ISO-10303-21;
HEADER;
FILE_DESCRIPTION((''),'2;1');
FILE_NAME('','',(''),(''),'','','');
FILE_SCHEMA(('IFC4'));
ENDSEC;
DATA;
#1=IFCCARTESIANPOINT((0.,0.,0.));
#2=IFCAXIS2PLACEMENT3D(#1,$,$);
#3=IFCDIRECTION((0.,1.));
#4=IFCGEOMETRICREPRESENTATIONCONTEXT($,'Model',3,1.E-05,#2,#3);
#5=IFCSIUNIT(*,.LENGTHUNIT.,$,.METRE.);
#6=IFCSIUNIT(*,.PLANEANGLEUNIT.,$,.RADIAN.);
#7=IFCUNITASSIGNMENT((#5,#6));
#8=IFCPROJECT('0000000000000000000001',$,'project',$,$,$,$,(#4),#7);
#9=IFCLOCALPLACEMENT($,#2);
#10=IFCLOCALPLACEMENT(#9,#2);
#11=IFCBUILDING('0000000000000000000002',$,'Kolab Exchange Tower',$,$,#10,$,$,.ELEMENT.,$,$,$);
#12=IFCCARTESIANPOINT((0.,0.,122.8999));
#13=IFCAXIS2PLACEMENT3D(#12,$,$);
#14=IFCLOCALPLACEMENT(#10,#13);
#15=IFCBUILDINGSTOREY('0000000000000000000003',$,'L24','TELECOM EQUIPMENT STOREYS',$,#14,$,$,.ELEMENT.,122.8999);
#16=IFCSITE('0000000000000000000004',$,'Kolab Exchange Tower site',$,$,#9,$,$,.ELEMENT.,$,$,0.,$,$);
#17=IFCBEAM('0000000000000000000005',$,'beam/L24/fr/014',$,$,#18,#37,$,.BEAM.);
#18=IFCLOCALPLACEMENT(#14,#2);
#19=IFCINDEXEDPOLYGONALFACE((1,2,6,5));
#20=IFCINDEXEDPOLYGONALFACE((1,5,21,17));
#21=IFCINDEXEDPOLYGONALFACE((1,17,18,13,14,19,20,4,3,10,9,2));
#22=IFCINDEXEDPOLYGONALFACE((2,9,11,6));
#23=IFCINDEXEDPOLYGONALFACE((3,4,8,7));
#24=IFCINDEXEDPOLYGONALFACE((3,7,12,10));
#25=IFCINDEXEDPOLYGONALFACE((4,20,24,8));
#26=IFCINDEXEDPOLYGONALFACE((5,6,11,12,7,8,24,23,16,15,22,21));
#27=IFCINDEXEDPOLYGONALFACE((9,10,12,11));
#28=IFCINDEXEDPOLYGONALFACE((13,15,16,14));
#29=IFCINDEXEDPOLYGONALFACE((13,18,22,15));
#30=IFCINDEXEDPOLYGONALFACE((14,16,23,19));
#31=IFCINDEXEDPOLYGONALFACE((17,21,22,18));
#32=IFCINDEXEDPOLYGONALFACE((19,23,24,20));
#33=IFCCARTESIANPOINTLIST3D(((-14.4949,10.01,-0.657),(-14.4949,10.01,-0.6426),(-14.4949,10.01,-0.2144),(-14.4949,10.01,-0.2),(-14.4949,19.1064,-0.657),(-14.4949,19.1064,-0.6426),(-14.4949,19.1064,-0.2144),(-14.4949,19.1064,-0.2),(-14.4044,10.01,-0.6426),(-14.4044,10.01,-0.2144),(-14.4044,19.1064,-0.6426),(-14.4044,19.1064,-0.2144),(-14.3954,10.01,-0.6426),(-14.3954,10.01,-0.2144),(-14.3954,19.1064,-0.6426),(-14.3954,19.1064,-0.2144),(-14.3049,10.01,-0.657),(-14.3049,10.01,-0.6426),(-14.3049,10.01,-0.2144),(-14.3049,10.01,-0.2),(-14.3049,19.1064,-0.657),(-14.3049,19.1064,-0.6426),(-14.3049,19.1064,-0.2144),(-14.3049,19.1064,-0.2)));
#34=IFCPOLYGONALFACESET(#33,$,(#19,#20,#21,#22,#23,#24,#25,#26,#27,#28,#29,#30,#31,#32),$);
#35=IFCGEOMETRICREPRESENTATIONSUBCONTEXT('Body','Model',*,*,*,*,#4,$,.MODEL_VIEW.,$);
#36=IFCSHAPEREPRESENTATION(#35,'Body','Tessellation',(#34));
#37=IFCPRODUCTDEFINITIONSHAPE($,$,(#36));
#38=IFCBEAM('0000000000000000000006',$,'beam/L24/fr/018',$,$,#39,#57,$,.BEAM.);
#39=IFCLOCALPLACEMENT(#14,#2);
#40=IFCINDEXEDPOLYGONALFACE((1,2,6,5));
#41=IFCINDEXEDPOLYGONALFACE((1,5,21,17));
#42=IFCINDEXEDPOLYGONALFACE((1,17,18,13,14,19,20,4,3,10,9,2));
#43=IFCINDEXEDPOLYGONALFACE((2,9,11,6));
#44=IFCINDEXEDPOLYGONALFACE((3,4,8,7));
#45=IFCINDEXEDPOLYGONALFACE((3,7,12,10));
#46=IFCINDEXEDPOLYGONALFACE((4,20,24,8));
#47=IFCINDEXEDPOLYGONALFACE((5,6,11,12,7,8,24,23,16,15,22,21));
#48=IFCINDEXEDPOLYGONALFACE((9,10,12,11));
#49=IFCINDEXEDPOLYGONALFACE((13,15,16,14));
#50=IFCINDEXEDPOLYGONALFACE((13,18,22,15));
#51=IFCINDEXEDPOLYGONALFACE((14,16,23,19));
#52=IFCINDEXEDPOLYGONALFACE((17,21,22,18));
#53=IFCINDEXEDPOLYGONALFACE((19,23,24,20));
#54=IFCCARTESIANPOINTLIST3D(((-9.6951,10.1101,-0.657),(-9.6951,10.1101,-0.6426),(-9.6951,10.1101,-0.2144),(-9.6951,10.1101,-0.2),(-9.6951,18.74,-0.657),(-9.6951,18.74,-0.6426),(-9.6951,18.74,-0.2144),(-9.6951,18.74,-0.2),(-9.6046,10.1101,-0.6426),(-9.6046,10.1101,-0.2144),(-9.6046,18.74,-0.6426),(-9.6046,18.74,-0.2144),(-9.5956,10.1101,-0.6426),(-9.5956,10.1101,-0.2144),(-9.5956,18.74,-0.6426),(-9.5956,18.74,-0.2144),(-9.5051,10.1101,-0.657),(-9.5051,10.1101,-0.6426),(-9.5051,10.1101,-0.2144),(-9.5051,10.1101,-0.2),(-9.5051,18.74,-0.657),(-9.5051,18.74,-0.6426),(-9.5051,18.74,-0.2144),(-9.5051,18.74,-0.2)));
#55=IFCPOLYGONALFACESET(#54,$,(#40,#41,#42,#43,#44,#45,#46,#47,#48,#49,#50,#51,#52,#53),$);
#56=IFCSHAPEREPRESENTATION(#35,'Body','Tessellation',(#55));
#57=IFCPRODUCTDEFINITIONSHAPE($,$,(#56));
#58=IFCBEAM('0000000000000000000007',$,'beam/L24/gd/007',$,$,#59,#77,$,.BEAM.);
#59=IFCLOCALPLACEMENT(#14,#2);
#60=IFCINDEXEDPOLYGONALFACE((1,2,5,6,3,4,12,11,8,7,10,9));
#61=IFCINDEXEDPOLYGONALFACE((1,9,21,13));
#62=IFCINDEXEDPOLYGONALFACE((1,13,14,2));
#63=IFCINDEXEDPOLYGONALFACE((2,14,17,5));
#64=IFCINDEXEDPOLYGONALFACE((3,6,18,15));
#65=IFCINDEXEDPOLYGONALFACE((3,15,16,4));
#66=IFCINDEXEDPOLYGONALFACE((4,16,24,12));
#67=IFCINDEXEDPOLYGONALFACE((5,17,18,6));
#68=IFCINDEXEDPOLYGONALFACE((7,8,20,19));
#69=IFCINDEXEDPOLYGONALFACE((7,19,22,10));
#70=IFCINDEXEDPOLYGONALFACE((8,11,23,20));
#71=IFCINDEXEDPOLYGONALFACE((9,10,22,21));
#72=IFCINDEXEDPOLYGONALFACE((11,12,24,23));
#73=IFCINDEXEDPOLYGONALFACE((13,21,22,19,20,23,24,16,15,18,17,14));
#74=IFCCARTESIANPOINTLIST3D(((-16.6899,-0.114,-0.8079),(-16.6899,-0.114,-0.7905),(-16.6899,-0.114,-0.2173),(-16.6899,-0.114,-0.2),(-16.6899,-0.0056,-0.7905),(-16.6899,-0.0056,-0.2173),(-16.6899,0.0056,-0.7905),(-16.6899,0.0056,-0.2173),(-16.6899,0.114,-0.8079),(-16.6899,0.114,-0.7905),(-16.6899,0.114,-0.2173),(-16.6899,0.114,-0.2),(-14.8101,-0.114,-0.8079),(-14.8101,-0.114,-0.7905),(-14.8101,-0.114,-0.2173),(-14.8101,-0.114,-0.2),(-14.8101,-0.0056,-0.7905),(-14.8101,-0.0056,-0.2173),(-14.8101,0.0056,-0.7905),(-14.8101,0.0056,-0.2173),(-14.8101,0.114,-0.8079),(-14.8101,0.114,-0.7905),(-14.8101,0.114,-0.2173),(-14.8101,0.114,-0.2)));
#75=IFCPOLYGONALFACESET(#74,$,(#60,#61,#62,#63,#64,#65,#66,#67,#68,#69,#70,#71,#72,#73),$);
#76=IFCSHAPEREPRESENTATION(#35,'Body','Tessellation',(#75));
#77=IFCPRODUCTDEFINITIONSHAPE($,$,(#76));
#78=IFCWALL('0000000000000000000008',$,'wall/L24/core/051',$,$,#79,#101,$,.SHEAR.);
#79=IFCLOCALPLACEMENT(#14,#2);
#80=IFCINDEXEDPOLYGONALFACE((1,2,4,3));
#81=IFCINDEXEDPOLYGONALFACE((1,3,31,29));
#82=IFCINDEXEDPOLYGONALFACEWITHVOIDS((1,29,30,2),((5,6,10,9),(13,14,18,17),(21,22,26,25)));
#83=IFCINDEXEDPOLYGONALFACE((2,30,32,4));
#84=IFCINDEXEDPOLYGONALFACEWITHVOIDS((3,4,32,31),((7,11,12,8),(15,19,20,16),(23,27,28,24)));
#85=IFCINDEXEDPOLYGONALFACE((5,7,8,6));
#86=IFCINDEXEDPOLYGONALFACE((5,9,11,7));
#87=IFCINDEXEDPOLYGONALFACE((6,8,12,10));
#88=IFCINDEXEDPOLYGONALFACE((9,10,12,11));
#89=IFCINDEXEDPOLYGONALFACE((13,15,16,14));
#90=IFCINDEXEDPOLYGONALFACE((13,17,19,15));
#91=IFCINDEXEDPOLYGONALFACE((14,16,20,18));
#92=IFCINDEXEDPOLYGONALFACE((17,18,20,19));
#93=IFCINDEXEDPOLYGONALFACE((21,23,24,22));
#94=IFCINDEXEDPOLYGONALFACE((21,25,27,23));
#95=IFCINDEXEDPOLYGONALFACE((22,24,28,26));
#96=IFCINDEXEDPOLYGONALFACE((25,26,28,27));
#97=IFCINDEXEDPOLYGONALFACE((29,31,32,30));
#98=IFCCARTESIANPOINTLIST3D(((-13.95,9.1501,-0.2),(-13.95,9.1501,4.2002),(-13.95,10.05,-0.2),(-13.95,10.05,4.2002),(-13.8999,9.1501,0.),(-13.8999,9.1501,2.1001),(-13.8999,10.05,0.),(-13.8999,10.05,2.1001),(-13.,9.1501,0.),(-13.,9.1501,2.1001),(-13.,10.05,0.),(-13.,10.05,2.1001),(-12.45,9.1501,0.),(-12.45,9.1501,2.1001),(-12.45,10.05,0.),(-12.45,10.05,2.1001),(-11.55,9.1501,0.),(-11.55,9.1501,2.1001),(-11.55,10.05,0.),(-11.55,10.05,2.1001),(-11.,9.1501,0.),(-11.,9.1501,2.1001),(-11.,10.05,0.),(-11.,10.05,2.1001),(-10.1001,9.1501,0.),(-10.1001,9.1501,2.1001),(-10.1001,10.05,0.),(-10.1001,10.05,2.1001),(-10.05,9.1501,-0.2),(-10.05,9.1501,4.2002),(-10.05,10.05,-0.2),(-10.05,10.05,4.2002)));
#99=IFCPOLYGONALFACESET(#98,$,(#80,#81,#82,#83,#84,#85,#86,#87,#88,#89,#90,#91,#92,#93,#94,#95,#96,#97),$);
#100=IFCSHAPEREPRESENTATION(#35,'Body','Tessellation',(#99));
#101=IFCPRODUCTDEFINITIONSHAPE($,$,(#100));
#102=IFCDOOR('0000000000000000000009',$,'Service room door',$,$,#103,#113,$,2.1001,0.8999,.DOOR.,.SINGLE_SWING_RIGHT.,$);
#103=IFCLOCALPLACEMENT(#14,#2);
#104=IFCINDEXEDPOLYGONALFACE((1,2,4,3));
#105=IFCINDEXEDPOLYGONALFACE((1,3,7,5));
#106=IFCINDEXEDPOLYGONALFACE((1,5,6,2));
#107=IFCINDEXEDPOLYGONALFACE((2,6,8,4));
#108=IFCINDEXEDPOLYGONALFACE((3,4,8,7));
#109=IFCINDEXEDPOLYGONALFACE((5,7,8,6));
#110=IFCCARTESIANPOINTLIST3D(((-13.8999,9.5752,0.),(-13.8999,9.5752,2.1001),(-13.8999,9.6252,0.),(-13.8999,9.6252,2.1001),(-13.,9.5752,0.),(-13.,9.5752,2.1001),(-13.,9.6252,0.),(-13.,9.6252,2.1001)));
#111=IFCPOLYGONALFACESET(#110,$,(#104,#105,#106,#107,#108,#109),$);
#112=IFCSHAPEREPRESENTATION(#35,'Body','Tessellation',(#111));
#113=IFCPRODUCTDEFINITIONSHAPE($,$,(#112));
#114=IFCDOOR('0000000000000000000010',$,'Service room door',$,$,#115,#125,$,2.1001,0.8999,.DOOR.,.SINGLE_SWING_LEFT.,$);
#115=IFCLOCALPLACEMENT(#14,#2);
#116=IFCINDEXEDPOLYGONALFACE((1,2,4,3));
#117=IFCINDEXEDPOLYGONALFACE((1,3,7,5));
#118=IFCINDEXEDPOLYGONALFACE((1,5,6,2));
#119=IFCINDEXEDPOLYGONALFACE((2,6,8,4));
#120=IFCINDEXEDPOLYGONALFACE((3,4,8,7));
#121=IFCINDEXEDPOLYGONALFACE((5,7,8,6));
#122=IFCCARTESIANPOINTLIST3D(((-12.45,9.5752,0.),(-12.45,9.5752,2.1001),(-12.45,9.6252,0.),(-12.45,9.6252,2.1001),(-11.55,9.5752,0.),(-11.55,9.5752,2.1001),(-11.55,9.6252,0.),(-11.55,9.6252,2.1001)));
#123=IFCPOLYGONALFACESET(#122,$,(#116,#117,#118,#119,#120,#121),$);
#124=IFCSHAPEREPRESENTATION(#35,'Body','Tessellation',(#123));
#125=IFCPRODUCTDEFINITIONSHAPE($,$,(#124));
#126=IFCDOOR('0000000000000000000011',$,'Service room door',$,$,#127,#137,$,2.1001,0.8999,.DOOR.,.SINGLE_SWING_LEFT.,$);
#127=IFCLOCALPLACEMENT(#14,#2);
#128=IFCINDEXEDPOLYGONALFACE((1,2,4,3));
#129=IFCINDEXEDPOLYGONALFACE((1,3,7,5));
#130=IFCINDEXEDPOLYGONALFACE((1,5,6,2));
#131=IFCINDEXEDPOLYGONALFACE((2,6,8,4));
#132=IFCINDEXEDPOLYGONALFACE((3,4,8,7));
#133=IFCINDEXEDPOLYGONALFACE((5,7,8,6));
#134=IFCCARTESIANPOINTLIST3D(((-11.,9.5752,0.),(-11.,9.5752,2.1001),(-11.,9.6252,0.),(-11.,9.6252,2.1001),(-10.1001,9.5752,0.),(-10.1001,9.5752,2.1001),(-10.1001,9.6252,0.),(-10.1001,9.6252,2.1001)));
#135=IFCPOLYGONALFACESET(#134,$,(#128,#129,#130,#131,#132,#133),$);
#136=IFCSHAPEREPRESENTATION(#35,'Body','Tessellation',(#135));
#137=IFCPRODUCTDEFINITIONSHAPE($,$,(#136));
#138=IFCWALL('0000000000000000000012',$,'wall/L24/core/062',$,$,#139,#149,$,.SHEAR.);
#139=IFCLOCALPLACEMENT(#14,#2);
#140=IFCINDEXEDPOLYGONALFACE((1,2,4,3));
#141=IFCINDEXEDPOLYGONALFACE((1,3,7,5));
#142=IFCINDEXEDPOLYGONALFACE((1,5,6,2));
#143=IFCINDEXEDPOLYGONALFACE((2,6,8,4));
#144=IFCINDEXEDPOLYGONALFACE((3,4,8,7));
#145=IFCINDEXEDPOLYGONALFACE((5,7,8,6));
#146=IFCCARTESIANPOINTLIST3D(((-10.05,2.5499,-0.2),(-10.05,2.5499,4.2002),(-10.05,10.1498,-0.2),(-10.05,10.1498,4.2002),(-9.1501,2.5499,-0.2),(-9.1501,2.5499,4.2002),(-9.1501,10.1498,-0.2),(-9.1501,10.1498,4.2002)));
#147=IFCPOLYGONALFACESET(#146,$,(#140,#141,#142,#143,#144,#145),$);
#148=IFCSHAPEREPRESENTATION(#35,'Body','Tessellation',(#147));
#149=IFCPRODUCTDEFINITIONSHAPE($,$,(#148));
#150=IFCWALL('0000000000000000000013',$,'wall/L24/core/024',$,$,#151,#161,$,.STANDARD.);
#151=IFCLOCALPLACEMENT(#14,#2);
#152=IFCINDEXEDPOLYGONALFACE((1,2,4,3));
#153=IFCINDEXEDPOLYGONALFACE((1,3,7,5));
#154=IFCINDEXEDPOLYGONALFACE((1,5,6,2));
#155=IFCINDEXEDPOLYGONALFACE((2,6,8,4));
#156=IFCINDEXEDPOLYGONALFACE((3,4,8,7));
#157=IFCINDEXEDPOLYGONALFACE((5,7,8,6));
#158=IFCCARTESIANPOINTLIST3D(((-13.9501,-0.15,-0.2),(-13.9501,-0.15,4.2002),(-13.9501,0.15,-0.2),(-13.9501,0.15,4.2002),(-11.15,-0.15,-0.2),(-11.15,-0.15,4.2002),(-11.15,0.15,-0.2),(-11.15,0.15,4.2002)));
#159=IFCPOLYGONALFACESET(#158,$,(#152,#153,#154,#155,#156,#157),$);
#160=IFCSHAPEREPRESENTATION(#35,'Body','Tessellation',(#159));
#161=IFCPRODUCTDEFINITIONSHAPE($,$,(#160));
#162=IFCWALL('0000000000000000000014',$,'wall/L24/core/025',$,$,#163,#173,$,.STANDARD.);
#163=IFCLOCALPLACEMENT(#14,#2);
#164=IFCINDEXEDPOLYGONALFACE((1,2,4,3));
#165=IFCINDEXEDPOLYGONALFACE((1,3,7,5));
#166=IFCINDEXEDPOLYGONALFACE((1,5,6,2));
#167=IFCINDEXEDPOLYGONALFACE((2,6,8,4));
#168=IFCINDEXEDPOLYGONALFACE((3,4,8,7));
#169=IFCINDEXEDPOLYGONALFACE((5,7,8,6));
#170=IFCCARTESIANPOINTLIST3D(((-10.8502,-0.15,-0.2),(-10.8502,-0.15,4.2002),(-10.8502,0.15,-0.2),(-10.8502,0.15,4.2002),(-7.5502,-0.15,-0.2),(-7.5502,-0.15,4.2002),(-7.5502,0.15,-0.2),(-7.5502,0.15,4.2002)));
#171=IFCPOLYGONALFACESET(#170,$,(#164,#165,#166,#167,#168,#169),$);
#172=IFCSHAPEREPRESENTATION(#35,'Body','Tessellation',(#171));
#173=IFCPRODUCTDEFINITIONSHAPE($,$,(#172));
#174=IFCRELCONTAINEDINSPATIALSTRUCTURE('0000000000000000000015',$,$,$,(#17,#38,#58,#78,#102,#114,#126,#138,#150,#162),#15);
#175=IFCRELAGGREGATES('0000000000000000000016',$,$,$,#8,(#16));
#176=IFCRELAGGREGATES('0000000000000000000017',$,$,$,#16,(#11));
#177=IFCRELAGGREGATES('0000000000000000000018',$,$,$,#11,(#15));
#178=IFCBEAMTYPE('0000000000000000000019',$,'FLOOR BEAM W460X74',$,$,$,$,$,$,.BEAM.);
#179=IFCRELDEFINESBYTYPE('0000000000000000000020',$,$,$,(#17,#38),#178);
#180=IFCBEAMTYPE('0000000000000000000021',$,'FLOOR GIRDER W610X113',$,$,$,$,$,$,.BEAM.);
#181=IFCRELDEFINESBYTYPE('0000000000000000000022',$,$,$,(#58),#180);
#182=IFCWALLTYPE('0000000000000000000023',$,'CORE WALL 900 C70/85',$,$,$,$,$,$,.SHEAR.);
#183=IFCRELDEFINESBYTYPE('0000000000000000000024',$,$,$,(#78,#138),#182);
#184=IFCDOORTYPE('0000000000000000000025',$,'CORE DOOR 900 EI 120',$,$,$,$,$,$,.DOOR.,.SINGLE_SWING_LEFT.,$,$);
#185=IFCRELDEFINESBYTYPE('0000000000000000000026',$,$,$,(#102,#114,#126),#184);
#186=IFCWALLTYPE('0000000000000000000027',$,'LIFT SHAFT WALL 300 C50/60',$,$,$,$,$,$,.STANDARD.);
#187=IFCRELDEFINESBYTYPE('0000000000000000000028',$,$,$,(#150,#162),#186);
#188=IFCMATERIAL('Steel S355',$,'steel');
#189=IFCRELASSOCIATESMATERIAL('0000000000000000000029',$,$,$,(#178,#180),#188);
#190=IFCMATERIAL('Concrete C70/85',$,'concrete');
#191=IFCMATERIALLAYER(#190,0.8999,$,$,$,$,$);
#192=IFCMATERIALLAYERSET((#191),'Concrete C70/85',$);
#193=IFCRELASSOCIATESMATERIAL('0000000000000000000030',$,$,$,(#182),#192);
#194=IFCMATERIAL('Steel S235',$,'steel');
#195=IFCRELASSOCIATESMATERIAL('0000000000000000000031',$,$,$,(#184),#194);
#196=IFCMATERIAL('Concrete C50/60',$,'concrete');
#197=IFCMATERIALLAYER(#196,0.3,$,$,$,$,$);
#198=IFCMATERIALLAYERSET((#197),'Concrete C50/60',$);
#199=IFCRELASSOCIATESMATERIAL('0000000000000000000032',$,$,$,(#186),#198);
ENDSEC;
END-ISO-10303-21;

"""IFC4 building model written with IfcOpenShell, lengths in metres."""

from ifc_helpers import new_model, si_unit, direction, frame, frame_2d, origin, origin_2d, place, context, subcontext, project, spatial, rectangle, i_section, extrude, material, layer, layer_set, material_profile, profile_set, type_object, element, fill, save


model = new_model("IFC4")

# Units and contexts
model_context = context("Model", 3, precision=1e-05, world=origin(), true_north=direction((0.0, 1.0)))
body_context = subcontext(model_context, "Body", "Model", "MODEL_VIEW")
ifc_project = project(units=[si_unit("LENGTHUNIT", "METRE"), si_unit("PLANEANGLEUNIT", "RADIAN")], contexts=[model_context])

# Site, building, storey
site_placement = place(None, origin())
site = spatial("IfcSite", under=ifc_project, at=site_placement, Name="Kolab Exchange Tower site", CompositionType="ELEMENT", RefElevation=0.0)
building_placement = place(site_placement, origin())
building = spatial("IfcBuilding", under=site, at=building_placement, Name="Kolab Exchange Tower", CompositionType="ELEMENT")
storey_placement = place(building_placement, frame((0.0, 0.0, 122.8999)))
storey = spatial("IfcBuildingStorey", under=building, at=storey_placement, Name="L24", Description="TELECOM EQUIPMENT STOREYS", CompositionType="ELEMENT", Elevation=122.8999)

# Beams
ifc_material_1 = material(Name="Steel S355", Category="steel")
ifc_material_profile_1 = material_profile(ifc_material_1, i_section(OverallWidth=0.1899, OverallDepth=0.457, WebThickness=0.009, FlangeThickness=0.0144, at=origin_2d()), Name="W460X74")
ifc_profile_set_1 = profile_set([ifc_material_profile_1], Name="Steel S355")
beam_type_1 = type_object("IfcBeamType", Name="FLOOR BEAM W460X74", PredefinedType="BEAM", material=ifc_profile_set_1)
beam_1_placement = place(storey_placement, frame((-14.3999, 10.01, -0.4285), z_axis=(0.0, 1.0, 0.0), x_axis=(-1.0, 0.0, 0.0)))
element("IfcBeam", 1, at=beam_1_placement, inside=storey, type_object=beam_type_1, Name="beam/L24/fr/014", PredefinedType="BEAM", context=body_context, shape_type="SweptSolid", body=[
    extrude(i_section(OverallWidth=0.1899, OverallDepth=0.457, WebThickness=0.009, FlangeThickness=0.0144, at=origin_2d()), origin(), (0.0, 0.0, 1.0), 9.0964),
])
beam_2_placement = place(storey_placement, frame((-9.6001, 10.1101, -0.4285), z_axis=(0.0, 1.0, 0.0), x_axis=(-1.0, 0.0, 0.0)))
element("IfcBeam", 2, at=beam_2_placement, inside=storey, type_object=beam_type_1, Name="beam/L24/fr/018", PredefinedType="BEAM", context=body_context, shape_type="SweptSolid", body=[
    extrude(i_section(OverallWidth=0.1899, OverallDepth=0.457, WebThickness=0.009, FlangeThickness=0.0144, at=origin_2d()), origin(), (0.0, 0.0, 1.0), 8.6299),
])
ifc_material_profile_2 = material_profile(ifc_material_1, i_section(OverallWidth=0.228, OverallDepth=0.6079, WebThickness=0.0112, FlangeThickness=0.0173, at=origin_2d()), Name="W610X113")
ifc_profile_set_2 = profile_set([ifc_material_profile_2], Name="Steel S355")
beam_type_2 = type_object("IfcBeamType", Name="FLOOR GIRDER W610X113", PredefinedType="BEAM", material=ifc_profile_set_2)
beam_3_placement = place(storey_placement, frame((-16.6899, 0.0, -0.5039), z_axis=(1.0, 0.0, 0.0), x_axis=(0.0, 1.0, 0.0)))
element("IfcBeam", 3, at=beam_3_placement, inside=storey, type_object=beam_type_2, Name="beam/L24/gd/007", PredefinedType="BEAM", context=body_context, shape_type="SweptSolid", body=[
    extrude(i_section(OverallWidth=0.228, OverallDepth=0.6079, WebThickness=0.0112, FlangeThickness=0.0173, at=origin_2d()), origin(), (0.0, 0.0, 1.0), 1.8799),
])

# Wall, openings, doors
ifc_material_2 = material(Name="Concrete C70/85", Category="concrete")
ifc_layer_1 = layer(ifc_material_2, 0.8999)
ifc_layer_set_1 = layer_set([ifc_layer_1], Name="Concrete C70/85")
wall_type_1 = type_object("IfcWallType", Name="CORE WALL 900 C70/85", PredefinedType="SHEAR", material=ifc_layer_set_1)
wall_1_placement = place(storey_placement, frame((-13.95, 9.6001, -0.2), z_axis=(0.0, 0.0, 1.0), x_axis=(1.0, 0.0, 0.0)))
wall_1 = element("IfcWall", 4, at=wall_1_placement, inside=storey, type_object=wall_type_1, Name="wall/L24/core/051", PredefinedType="SHEAR", context=body_context, shape_type="SweptSolid", body=[
    extrude(rectangle(XDim=3.8999, YDim=0.8999, at=frame_2d((1.95, 0.0))), origin(), (0.0, 0.0, 1.0), 4.4001),
])
opening_1_placement = place(wall_1_placement, frame((0.05, 0.0, 0.2)))
opening_1 = element("IfcOpeningElement", 5, at=opening_1_placement, cuts=wall_1, PredefinedType="OPENING", context=body_context, shape_type="SweptSolid", body=[
    extrude(rectangle(XDim=0.8999, YDim=2.1001, at=frame_2d((0.45, 1.05))), frame((0.0, 0.46, 0.0), z_axis=(0.0, -1.0, 0.0), x_axis=(1.0, 0.0, 0.0)), (0.0, 0.0, 1.0), 0.9199),
])
opening_2_placement = place(wall_1_placement, frame((1.5, 0.0, 0.2)))
opening_2 = element("IfcOpeningElement", 6, at=opening_2_placement, cuts=wall_1, PredefinedType="OPENING", context=body_context, shape_type="SweptSolid", body=[
    extrude(rectangle(XDim=0.8999, YDim=2.1001, at=frame_2d((0.45, 1.05))), frame((0.0, 0.46, 0.0), z_axis=(0.0, -1.0, 0.0), x_axis=(1.0, 0.0, 0.0)), (0.0, 0.0, 1.0), 0.9199),
])
opening_3_placement = place(wall_1_placement, frame((2.95, 0.0, 0.2)))
opening_3 = element("IfcOpeningElement", 7, at=opening_3_placement, cuts=wall_1, PredefinedType="OPENING", context=body_context, shape_type="SweptSolid", body=[
    extrude(rectangle(XDim=0.8999, YDim=2.1001, at=frame_2d((0.45, 1.05))), frame((0.0, 0.46, 0.0), z_axis=(0.0, -1.0, 0.0), x_axis=(1.0, 0.0, 0.0)), (0.0, 0.0, 1.0), 0.9199),
])
ifc_material_3 = material(Name="Steel S235", Category="steel")
door_type_1 = type_object("IfcDoorType", Name="CORE DOOR 900 EI 120", OperationType="SINGLE_SWING_LEFT", PredefinedType="DOOR", material=ifc_material_3)
door_1_placement = place(opening_1_placement, frame((0.8999, 0.0, 0.0), z_axis=(0.0, 0.0, 1.0), x_axis=(-1.0, 0.0, 0.0)))
door_1 = element("IfcDoor", 8, at=door_1_placement, inside=storey, type_object=door_type_1, Name="Service room door", OperationType="SINGLE_SWING_RIGHT", OverallHeight=2.1001, OverallWidth=0.8999, PredefinedType="DOOR", context=body_context, shape_type="SweptSolid", body=[
    extrude(rectangle(XDim=0.8999, YDim=2.1001, at=frame_2d((0.45, 1.05))), frame((0.0, 0.0249, 0.0), z_axis=(0.0, -1.0, 0.0), x_axis=(1.0, 0.0, 0.0)), (0.0, 0.0, 1.0), 0.05),
])
fill(opening_1, door_1)
door_2_placement = place(opening_2_placement, frame((0.8999, 0.0, 0.0), z_axis=(0.0, 0.0, 1.0), x_axis=(-1.0, 0.0, 0.0)))
door_2 = element("IfcDoor", 9, at=door_2_placement, inside=storey, type_object=door_type_1, Name="Service room door", OperationType="SINGLE_SWING_LEFT", OverallHeight=2.1001, OverallWidth=0.8999, PredefinedType="DOOR", context=body_context, shape_type="SweptSolid", body=[
    extrude(rectangle(XDim=0.8999, YDim=2.1001, at=frame_2d((0.45, 1.05))), frame((0.0, 0.0249, 0.0), z_axis=(0.0, -1.0, 0.0), x_axis=(1.0, 0.0, 0.0)), (0.0, 0.0, 1.0), 0.05),
])
fill(opening_2, door_2)
door_3_placement = place(opening_3_placement, frame((0.8999, 0.0, 0.0), z_axis=(0.0, 0.0, 1.0), x_axis=(-1.0, 0.0, 0.0)))
door_3 = element("IfcDoor", 10, at=door_3_placement, inside=storey, type_object=door_type_1, Name="Service room door", OperationType="SINGLE_SWING_LEFT", OverallHeight=2.1001, OverallWidth=0.8999, PredefinedType="DOOR", context=body_context, shape_type="SweptSolid", body=[
    extrude(rectangle(XDim=0.8999, YDim=2.1001, at=frame_2d((0.45, 1.05))), frame((0.0, 0.0249, 0.0), z_axis=(0.0, -1.0, 0.0), x_axis=(1.0, 0.0, 0.0)), (0.0, 0.0, 1.0), 0.05),
])
fill(opening_3, door_3)

# Walls
wall_2_placement = place(storey_placement, frame((-9.6001, 2.55, -0.2), z_axis=(0.0, 0.0, 1.0), x_axis=(0.0, 1.0, 0.0)))
element("IfcWall", 11, at=wall_2_placement, inside=storey, type_object=wall_type_1, Name="wall/L24/core/062", PredefinedType="SHEAR", context=body_context, shape_type="SweptSolid", body=[
    extrude(rectangle(XDim=7.5999, YDim=0.8999, at=frame_2d((3.7998, 0.0))), origin(), (0.0, 0.0, 1.0), 4.4001),
])
ifc_material_4 = material(Name="Concrete C50/60", Category="concrete")
ifc_layer_2 = layer(ifc_material_4, 0.3)
ifc_layer_set_2 = layer_set([ifc_layer_2], Name="Concrete C50/60")
wall_type_2 = type_object("IfcWallType", Name="LIFT SHAFT WALL 300 C50/60", PredefinedType="STANDARD", material=ifc_layer_set_2)
wall_3_placement = place(storey_placement, frame((-13.95, 0.0, -0.2), z_axis=(0.0, 0.0, 1.0), x_axis=(1.0, 0.0, 0.0)))
element("IfcWall", 12, at=wall_3_placement, inside=storey, type_object=wall_type_2, Name="wall/L24/core/024", PredefinedType="STANDARD", context=body_context, shape_type="SweptSolid", body=[
    extrude(rectangle(XDim=2.8, YDim=0.3, at=frame_2d((1.3999, 0.0))), origin(), (0.0, 0.0, 1.0), 4.4001),
])
wall_4_placement = place(storey_placement, frame((-10.8501, 0.0, -0.2), z_axis=(0.0, 0.0, 1.0), x_axis=(1.0, 0.0, 0.0)))
element("IfcWall", 13, at=wall_4_placement, inside=storey, type_object=wall_type_2, Name="wall/L24/core/025", PredefinedType="STANDARD", context=body_context, shape_type="SweptSolid", body=[
    extrude(rectangle(XDim=3.3, YDim=0.3, at=frame_2d((1.6499, 0.0))), origin(), (0.0, 0.0, 1.0), 4.4001),
])

save(model, "model.ifc")
